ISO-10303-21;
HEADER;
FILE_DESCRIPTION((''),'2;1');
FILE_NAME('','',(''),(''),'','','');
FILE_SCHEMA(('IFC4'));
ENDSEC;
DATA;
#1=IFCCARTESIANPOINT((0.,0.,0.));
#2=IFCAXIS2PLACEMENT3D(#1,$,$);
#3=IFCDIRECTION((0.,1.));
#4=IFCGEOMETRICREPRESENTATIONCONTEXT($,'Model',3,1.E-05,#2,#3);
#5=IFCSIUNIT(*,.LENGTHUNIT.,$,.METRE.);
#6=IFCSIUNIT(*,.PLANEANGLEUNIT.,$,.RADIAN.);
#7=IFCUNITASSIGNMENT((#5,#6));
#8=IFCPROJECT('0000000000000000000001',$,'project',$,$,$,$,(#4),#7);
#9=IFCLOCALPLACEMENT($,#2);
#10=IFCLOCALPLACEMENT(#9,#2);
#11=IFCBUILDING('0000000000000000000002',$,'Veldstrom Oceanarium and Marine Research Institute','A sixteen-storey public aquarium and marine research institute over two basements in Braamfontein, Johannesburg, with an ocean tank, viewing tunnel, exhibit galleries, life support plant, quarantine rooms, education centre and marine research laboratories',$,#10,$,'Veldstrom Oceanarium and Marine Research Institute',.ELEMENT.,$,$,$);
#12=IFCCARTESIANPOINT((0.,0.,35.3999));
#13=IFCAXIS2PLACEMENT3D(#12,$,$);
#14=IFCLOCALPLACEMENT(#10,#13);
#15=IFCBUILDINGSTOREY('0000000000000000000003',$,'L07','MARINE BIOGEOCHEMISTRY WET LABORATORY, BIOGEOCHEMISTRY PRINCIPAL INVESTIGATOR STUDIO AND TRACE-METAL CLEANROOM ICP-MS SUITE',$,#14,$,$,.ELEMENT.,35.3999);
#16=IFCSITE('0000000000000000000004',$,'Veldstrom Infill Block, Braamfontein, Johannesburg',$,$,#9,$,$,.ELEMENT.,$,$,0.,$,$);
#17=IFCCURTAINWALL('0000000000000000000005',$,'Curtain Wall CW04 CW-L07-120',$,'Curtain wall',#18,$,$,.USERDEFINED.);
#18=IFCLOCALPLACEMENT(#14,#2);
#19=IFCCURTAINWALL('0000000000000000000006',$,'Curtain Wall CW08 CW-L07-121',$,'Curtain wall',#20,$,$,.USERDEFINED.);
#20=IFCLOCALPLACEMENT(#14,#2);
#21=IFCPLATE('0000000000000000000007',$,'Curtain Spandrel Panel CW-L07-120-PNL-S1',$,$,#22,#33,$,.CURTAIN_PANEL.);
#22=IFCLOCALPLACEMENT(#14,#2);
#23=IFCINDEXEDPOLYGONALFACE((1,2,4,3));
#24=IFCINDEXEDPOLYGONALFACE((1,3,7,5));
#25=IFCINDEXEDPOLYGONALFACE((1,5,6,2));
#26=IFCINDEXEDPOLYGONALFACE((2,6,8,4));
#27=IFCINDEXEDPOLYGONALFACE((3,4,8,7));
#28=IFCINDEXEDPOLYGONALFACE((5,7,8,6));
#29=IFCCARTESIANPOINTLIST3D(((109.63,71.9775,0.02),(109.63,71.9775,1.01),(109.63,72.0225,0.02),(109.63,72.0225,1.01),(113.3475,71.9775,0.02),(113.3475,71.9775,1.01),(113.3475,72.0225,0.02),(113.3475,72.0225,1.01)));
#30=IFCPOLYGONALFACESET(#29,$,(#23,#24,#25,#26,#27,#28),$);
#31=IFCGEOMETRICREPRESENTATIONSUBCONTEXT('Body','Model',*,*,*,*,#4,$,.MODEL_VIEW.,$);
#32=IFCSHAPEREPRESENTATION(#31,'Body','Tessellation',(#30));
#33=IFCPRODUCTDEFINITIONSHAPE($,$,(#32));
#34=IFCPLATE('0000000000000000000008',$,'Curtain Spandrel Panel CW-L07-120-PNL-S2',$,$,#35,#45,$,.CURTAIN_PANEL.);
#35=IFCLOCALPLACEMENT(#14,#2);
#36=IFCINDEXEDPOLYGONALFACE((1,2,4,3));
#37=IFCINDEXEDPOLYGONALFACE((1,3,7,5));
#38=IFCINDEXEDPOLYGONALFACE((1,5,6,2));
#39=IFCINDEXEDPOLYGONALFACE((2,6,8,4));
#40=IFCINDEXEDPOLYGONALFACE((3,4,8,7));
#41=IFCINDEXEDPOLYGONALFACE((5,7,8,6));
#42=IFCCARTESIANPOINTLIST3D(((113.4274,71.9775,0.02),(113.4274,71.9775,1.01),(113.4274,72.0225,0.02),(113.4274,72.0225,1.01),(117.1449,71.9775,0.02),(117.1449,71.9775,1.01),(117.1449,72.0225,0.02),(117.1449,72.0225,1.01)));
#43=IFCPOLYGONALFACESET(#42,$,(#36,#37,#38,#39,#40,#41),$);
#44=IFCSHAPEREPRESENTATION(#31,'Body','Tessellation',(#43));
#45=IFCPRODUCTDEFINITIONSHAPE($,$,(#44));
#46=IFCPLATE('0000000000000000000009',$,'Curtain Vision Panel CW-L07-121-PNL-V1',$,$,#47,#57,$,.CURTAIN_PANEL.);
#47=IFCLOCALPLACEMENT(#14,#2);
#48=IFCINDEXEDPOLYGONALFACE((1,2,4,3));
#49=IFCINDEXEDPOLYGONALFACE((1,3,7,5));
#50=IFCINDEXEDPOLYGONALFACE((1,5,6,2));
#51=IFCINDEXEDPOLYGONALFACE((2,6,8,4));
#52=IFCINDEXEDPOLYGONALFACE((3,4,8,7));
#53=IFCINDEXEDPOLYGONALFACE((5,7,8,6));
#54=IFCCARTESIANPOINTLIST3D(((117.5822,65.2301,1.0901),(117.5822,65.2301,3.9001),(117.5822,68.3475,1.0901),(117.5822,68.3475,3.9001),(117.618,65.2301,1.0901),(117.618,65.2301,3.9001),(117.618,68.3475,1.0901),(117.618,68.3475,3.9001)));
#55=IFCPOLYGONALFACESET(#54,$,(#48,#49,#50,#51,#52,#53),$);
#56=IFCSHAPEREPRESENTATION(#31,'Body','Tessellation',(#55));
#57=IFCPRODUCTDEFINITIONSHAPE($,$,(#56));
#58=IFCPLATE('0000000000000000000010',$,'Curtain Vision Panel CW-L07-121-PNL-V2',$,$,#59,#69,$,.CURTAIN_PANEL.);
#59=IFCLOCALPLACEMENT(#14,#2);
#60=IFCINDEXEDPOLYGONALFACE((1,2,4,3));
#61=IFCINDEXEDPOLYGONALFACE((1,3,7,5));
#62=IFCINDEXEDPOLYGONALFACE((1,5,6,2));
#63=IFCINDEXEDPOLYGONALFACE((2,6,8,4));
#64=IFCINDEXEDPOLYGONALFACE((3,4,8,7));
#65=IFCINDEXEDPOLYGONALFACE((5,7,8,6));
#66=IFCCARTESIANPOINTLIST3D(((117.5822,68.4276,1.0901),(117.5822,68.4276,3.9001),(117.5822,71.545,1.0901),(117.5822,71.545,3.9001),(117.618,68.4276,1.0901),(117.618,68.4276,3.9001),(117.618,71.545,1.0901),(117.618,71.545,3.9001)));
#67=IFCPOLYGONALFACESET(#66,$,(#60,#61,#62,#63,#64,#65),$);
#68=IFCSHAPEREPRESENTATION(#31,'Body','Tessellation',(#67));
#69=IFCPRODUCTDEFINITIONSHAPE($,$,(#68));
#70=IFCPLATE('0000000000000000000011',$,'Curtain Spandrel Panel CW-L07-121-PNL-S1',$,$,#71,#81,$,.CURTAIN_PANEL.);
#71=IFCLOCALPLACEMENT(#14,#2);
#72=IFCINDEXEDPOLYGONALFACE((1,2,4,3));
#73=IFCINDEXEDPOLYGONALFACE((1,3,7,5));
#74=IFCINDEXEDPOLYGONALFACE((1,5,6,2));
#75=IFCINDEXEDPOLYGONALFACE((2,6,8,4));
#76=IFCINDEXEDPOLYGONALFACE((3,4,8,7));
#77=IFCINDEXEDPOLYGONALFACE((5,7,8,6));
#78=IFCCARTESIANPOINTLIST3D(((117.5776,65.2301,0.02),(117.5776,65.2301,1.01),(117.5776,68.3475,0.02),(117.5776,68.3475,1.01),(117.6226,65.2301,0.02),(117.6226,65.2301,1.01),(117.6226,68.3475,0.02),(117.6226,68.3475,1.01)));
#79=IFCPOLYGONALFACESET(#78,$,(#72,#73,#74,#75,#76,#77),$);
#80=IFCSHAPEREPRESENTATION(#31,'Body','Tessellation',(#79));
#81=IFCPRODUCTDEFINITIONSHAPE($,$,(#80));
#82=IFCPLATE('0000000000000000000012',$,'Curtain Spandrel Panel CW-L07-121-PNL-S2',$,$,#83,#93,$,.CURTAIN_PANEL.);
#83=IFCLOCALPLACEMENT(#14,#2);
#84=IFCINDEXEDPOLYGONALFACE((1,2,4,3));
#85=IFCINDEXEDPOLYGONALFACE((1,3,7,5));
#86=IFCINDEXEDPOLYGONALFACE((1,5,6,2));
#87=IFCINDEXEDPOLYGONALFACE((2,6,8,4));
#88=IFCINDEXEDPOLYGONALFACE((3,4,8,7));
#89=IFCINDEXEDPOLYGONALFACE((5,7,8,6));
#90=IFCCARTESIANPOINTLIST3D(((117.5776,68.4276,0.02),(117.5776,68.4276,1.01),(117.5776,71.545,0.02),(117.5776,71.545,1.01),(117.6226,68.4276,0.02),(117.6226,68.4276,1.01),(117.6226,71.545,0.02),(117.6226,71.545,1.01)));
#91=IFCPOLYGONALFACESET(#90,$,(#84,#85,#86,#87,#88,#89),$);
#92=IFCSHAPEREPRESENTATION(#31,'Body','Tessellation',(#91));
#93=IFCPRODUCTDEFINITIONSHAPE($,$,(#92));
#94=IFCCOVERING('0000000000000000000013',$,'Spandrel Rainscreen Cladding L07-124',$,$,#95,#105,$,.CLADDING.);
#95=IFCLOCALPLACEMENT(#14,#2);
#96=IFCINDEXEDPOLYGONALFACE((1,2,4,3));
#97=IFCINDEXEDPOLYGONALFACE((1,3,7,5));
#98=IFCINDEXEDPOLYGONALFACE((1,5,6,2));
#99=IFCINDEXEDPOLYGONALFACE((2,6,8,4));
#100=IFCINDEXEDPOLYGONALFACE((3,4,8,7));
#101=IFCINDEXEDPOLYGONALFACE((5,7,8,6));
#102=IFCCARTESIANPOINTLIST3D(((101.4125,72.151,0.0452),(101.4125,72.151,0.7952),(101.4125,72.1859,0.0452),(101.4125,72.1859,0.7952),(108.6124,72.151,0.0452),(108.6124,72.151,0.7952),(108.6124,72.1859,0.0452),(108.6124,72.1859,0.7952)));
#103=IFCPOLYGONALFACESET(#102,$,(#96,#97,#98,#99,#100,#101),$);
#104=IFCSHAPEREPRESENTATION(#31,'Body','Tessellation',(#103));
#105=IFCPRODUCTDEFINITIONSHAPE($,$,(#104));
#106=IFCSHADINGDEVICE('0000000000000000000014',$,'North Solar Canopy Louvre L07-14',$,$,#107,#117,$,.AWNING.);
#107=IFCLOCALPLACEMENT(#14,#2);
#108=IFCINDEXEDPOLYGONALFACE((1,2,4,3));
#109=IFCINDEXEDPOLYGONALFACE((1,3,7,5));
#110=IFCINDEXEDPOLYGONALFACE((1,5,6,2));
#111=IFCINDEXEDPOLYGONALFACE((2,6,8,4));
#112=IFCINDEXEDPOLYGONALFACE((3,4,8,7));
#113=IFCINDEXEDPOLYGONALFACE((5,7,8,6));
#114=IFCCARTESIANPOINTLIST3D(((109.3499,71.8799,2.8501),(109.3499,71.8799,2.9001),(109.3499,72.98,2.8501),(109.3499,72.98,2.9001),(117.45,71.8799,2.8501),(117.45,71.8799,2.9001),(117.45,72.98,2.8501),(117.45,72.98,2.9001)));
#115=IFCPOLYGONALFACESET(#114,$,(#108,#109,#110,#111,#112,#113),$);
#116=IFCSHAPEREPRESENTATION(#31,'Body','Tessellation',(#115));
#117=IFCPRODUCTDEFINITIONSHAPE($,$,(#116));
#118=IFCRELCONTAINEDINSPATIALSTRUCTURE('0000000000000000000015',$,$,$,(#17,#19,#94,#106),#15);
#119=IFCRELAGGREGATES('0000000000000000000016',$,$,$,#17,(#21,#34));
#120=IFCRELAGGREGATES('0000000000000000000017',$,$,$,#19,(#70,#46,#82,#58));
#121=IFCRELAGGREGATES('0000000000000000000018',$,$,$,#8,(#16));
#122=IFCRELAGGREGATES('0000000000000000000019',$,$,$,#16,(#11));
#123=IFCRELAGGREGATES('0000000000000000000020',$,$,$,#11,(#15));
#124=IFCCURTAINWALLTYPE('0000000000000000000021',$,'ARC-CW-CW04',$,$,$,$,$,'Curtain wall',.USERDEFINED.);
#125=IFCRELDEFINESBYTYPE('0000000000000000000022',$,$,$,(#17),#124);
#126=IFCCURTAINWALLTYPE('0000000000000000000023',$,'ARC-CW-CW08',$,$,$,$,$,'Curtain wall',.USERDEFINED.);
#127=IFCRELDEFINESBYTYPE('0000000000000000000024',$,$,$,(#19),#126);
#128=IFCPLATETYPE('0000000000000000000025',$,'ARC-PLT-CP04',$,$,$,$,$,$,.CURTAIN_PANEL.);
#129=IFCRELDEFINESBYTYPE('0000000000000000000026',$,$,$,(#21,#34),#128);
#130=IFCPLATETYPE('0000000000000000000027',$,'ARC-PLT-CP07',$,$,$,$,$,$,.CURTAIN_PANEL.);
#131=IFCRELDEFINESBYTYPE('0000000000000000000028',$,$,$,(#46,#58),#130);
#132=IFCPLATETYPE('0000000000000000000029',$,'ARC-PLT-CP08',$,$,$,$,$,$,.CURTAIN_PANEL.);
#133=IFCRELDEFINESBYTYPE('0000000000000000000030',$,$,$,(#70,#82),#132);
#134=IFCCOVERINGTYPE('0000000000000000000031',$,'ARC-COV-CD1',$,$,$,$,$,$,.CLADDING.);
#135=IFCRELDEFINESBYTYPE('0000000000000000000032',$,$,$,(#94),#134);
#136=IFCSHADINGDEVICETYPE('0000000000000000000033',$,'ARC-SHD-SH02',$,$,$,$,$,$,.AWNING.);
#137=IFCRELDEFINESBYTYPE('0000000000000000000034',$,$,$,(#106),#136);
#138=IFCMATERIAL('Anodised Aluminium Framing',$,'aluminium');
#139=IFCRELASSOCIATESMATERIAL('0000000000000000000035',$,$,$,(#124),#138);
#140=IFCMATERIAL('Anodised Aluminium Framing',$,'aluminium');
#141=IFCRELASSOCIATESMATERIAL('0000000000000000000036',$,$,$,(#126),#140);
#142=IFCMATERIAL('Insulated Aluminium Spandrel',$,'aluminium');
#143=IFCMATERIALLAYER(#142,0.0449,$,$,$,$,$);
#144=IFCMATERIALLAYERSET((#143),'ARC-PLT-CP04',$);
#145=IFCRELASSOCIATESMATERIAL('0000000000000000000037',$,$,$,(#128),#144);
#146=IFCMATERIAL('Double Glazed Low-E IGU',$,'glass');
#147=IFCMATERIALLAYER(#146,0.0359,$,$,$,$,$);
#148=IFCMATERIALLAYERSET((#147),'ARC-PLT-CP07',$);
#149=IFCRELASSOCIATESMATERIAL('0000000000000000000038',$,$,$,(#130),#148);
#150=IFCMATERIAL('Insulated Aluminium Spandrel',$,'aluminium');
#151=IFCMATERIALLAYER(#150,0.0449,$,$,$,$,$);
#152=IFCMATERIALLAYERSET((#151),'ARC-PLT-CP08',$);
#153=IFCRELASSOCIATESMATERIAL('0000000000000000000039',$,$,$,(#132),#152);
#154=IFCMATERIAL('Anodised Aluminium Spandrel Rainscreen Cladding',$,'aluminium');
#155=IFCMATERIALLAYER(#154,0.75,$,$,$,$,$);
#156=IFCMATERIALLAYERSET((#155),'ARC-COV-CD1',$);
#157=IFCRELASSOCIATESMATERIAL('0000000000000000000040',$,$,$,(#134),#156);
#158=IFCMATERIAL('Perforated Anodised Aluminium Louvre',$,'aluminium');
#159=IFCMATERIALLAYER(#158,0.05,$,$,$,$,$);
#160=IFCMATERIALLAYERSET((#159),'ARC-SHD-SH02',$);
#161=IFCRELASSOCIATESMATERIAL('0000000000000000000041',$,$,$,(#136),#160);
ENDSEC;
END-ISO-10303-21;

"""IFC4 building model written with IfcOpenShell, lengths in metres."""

from ifc_helpers import new_model, si_unit, direction, frame, origin, origin_2d, place, context, subcontext, project, spatial, rectangle, extrude, material, layer, layer_set, type_object, element, aggregate, save


model = new_model("IFC4")

# Units and contexts
model_context = context("Model", 3, precision=1e-05, world=origin(), true_north=direction((0.0, 1.0)))
body_context = subcontext(model_context, "Body", "Model", "MODEL_VIEW")
ifc_project = project(units=[si_unit("LENGTHUNIT", "METRE"), si_unit("PLANEANGLEUNIT", "RADIAN")], contexts=[model_context])

# Site, building, storey
site_placement = place(None, origin())
site = spatial("IfcSite", under=ifc_project, at=site_placement, Name="Veldstrom Infill Block, Braamfontein, Johannesburg", CompositionType="ELEMENT", RefElevation=0.0)
building_placement = place(site_placement, origin())
building = spatial("IfcBuilding", under=site, at=building_placement, Name="Veldstrom Oceanarium and Marine Research Institute", Description="A sixteen-storey public aquarium and marine research institute over two basements in Braamfontein, Johannesburg, with an ocean tank, viewing tunnel, exhibit galleries, life support plant, quarantine rooms, education centre and marine research laboratories", LongName="Veldstrom Oceanarium and Marine Research Institute", CompositionType="ELEMENT")
storey_placement = place(building_placement, frame((0.0, 0.0, 35.3999)))
storey = spatial("IfcBuildingStorey", under=building, at=storey_placement, Name="L07", Description="MARINE BIOGEOCHEMISTRY WET LABORATORY, BIOGEOCHEMISTRY PRINCIPAL INVESTIGATOR STUDIO AND TRACE-METAL CLEANROOM ICP-MS SUITE", CompositionType="ELEMENT", Elevation=35.3999)

# Curtain walls
ifc_material_1 = material(Name="Anodised Aluminium Framing", Category="aluminium")
curtain_wall_type_1 = type_object("IfcCurtainWallType", Name="ARC-CW-CW04", ElementType="Curtain wall", PredefinedType="USERDEFINED", material=ifc_material_1)
curtain_wall_1_placement = place(storey_placement, origin())
curtain_wall_1 = element("IfcCurtainWall", 1, at=curtain_wall_1_placement, inside=storey, type_object=curtain_wall_type_1, Name="Curtain Wall CW04 CW-L07-120", ObjectType="Curtain wall", PredefinedType="USERDEFINED")
ifc_material_2 = material(Name="Anodised Aluminium Framing", Category="aluminium")
curtain_wall_type_2 = type_object("IfcCurtainWallType", Name="ARC-CW-CW08", ElementType="Curtain wall", PredefinedType="USERDEFINED", material=ifc_material_2)
curtain_wall_2_placement = place(storey_placement, origin())
curtain_wall_2 = element("IfcCurtainWall", 2, at=curtain_wall_2_placement, inside=storey, type_object=curtain_wall_type_2, Name="Curtain Wall CW08 CW-L07-121", ObjectType="Curtain wall", PredefinedType="USERDEFINED")

# Plates
ifc_material_3 = material(Name="Insulated Aluminium Spandrel", Category="aluminium")
ifc_layer_1 = layer(ifc_material_3, 0.0449)
ifc_layer_set_1 = layer_set([ifc_layer_1], Name="ARC-PLT-CP04")
plate_type_1 = type_object("IfcPlateType", Name="ARC-PLT-CP04", PredefinedType="CURTAIN_PANEL", material=ifc_layer_set_1)
plate_1_placement = place(storey_placement, frame((111.4888, 72.0, 0.02), z_axis=(0.0, 0.0, 1.0), x_axis=(1.0, 0.0, 0.0)))
plate_1 = element("IfcPlate", 3, at=plate_1_placement, type_object=plate_type_1, Name="Curtain Spandrel Panel CW-L07-120-PNL-S1", PredefinedType="CURTAIN_PANEL", context=body_context, shape_type="SweptSolid", body=[
    extrude(rectangle(XDim=3.7175, YDim=0.0449, at=origin_2d()), origin(), (0.0, 0.0, 1.0), 0.99),
])
plate_2_placement = place(storey_placement, frame((115.2861, 72.0, 0.02), z_axis=(0.0, 0.0, 1.0), x_axis=(1.0, 0.0, 0.0)))
plate_2 = element("IfcPlate", 4, at=plate_2_placement, type_object=plate_type_1, Name="Curtain Spandrel Panel CW-L07-120-PNL-S2", PredefinedType="CURTAIN_PANEL", context=body_context, shape_type="SweptSolid", body=[
    extrude(rectangle(XDim=3.7175, YDim=0.0449, at=origin_2d()), origin(), (0.0, 0.0, 1.0), 0.99),
])
aggregate(curtain_wall_1, [plate_1, plate_2])
ifc_material_4 = material(Name="Double Glazed Low-E IGU", Category="glass")
ifc_layer_2 = layer(ifc_material_4, 0.0359)
ifc_layer_set_2 = layer_set([ifc_layer_2], Name="ARC-PLT-CP07")
plate_type_2 = type_object("IfcPlateType", Name="ARC-PLT-CP07", PredefinedType="CURTAIN_PANEL", material=ifc_layer_set_2)
plate_3_placement = place(storey_placement, frame((117.6001, 66.7888, 1.0901), z_axis=(0.0, 0.0, 1.0), x_axis=(0.0, 1.0, 0.0)))
plate_3 = element("IfcPlate", 5, at=plate_3_placement, type_object=plate_type_2, Name="Curtain Vision Panel CW-L07-121-PNL-V1", PredefinedType="CURTAIN_PANEL", context=body_context, shape_type="SweptSolid", body=[
    extrude(rectangle(XDim=3.1174, YDim=0.0359, at=origin_2d()), origin(), (0.0, 0.0, 1.0), 2.8101),
])
plate_4_placement = place(storey_placement, frame((117.6001, 69.9863, 1.0901), z_axis=(0.0, 0.0, 1.0), x_axis=(0.0, 1.0, 0.0)))
plate_4 = element("IfcPlate", 6, at=plate_4_placement, type_object=plate_type_2, Name="Curtain Vision Panel CW-L07-121-PNL-V2", PredefinedType="CURTAIN_PANEL", context=body_context, shape_type="SweptSolid", body=[
    extrude(rectangle(XDim=3.1174, YDim=0.0359, at=origin_2d()), origin(), (0.0, 0.0, 1.0), 2.8101),
])
ifc_material_5 = material(Name="Insulated Aluminium Spandrel", Category="aluminium")
ifc_layer_3 = layer(ifc_material_5, 0.0449)
ifc_layer_set_3 = layer_set([ifc_layer_3], Name="ARC-PLT-CP08")
plate_type_3 = type_object("IfcPlateType", Name="ARC-PLT-CP08", PredefinedType="CURTAIN_PANEL", material=ifc_layer_set_3)
plate_5_placement = place(storey_placement, frame((117.6001, 66.7888, 0.02), z_axis=(0.0, 0.0, 1.0), x_axis=(0.0, 1.0, 0.0)))
plate_5 = element("IfcPlate", 7, at=plate_5_placement, type_object=plate_type_3, Name="Curtain Spandrel Panel CW-L07-121-PNL-S1", PredefinedType="CURTAIN_PANEL", context=body_context, shape_type="SweptSolid", body=[
    extrude(rectangle(XDim=3.1174, YDim=0.0449, at=origin_2d()), origin(), (0.0, 0.0, 1.0), 0.99),
])
plate_6_placement = place(storey_placement, frame((117.6001, 69.9863, 0.02), z_axis=(0.0, 0.0, 1.0), x_axis=(0.0, 1.0, 0.0)))
plate_6 = element("IfcPlate", 8, at=plate_6_placement, type_object=plate_type_3, Name="Curtain Spandrel Panel CW-L07-121-PNL-S2", PredefinedType="CURTAIN_PANEL", context=body_context, shape_type="SweptSolid", body=[
    extrude(rectangle(XDim=3.1174, YDim=0.0449, at=origin_2d()), origin(), (0.0, 0.0, 1.0), 0.99),
])
aggregate(curtain_wall_2, [plate_5, plate_3, plate_6, plate_4])

# Covering
ifc_material_6 = material(Name="Anodised Aluminium Spandrel Rainscreen Cladding", Category="aluminium")
ifc_layer_4 = layer(ifc_material_6, 0.75)
ifc_layer_set_4 = layer_set([ifc_layer_4], Name="ARC-COV-CD1")
covering_type = type_object("IfcCoveringType", Name="ARC-COV-CD1", PredefinedType="CLADDING", material=ifc_layer_set_4)
covering_placement = place(storey_placement, frame((105.0125, 72.1685, 0.0452), z_axis=(0.0, 0.0, 1.0), x_axis=(1.0, 0.0, 0.0)))
element("IfcCovering", 9, at=covering_placement, inside=storey, type_object=covering_type, Name="Spandrel Rainscreen Cladding L07-124", PredefinedType="CLADDING", context=body_context, shape_type="SweptSolid", body=[
    extrude(rectangle(XDim=7.2, YDim=0.0349, at=origin_2d()), origin(), (0.0, 0.0, 1.0), 0.75),
])

# Shading device
ifc_material_7 = material(Name="Perforated Anodised Aluminium Louvre", Category="aluminium")
ifc_layer_5 = layer(ifc_material_7, 0.05)
ifc_layer_set_5 = layer_set([ifc_layer_5], Name="ARC-SHD-SH02")
shading_device_type = type_object("IfcShadingDeviceType", Name="ARC-SHD-SH02", PredefinedType="AWNING", material=ifc_layer_set_5)
shading_device_placement = place(storey_placement, frame((113.3999, 72.4299, 2.8501), z_axis=(0.0, 0.0, 1.0), x_axis=(1.0, 0.0, 0.0)))
element("IfcShadingDevice", 10, at=shading_device_placement, inside=storey, type_object=shading_device_type, Name="North Solar Canopy Louvre L07-14", PredefinedType="AWNING", context=body_context, shape_type="SweptSolid", body=[
    extrude(rectangle(XDim=8.1001, YDim=1.1001, at=origin_2d()), origin(), (0.0, 0.0, 1.0), 0.05),
])

save(model, "model.ifc")
